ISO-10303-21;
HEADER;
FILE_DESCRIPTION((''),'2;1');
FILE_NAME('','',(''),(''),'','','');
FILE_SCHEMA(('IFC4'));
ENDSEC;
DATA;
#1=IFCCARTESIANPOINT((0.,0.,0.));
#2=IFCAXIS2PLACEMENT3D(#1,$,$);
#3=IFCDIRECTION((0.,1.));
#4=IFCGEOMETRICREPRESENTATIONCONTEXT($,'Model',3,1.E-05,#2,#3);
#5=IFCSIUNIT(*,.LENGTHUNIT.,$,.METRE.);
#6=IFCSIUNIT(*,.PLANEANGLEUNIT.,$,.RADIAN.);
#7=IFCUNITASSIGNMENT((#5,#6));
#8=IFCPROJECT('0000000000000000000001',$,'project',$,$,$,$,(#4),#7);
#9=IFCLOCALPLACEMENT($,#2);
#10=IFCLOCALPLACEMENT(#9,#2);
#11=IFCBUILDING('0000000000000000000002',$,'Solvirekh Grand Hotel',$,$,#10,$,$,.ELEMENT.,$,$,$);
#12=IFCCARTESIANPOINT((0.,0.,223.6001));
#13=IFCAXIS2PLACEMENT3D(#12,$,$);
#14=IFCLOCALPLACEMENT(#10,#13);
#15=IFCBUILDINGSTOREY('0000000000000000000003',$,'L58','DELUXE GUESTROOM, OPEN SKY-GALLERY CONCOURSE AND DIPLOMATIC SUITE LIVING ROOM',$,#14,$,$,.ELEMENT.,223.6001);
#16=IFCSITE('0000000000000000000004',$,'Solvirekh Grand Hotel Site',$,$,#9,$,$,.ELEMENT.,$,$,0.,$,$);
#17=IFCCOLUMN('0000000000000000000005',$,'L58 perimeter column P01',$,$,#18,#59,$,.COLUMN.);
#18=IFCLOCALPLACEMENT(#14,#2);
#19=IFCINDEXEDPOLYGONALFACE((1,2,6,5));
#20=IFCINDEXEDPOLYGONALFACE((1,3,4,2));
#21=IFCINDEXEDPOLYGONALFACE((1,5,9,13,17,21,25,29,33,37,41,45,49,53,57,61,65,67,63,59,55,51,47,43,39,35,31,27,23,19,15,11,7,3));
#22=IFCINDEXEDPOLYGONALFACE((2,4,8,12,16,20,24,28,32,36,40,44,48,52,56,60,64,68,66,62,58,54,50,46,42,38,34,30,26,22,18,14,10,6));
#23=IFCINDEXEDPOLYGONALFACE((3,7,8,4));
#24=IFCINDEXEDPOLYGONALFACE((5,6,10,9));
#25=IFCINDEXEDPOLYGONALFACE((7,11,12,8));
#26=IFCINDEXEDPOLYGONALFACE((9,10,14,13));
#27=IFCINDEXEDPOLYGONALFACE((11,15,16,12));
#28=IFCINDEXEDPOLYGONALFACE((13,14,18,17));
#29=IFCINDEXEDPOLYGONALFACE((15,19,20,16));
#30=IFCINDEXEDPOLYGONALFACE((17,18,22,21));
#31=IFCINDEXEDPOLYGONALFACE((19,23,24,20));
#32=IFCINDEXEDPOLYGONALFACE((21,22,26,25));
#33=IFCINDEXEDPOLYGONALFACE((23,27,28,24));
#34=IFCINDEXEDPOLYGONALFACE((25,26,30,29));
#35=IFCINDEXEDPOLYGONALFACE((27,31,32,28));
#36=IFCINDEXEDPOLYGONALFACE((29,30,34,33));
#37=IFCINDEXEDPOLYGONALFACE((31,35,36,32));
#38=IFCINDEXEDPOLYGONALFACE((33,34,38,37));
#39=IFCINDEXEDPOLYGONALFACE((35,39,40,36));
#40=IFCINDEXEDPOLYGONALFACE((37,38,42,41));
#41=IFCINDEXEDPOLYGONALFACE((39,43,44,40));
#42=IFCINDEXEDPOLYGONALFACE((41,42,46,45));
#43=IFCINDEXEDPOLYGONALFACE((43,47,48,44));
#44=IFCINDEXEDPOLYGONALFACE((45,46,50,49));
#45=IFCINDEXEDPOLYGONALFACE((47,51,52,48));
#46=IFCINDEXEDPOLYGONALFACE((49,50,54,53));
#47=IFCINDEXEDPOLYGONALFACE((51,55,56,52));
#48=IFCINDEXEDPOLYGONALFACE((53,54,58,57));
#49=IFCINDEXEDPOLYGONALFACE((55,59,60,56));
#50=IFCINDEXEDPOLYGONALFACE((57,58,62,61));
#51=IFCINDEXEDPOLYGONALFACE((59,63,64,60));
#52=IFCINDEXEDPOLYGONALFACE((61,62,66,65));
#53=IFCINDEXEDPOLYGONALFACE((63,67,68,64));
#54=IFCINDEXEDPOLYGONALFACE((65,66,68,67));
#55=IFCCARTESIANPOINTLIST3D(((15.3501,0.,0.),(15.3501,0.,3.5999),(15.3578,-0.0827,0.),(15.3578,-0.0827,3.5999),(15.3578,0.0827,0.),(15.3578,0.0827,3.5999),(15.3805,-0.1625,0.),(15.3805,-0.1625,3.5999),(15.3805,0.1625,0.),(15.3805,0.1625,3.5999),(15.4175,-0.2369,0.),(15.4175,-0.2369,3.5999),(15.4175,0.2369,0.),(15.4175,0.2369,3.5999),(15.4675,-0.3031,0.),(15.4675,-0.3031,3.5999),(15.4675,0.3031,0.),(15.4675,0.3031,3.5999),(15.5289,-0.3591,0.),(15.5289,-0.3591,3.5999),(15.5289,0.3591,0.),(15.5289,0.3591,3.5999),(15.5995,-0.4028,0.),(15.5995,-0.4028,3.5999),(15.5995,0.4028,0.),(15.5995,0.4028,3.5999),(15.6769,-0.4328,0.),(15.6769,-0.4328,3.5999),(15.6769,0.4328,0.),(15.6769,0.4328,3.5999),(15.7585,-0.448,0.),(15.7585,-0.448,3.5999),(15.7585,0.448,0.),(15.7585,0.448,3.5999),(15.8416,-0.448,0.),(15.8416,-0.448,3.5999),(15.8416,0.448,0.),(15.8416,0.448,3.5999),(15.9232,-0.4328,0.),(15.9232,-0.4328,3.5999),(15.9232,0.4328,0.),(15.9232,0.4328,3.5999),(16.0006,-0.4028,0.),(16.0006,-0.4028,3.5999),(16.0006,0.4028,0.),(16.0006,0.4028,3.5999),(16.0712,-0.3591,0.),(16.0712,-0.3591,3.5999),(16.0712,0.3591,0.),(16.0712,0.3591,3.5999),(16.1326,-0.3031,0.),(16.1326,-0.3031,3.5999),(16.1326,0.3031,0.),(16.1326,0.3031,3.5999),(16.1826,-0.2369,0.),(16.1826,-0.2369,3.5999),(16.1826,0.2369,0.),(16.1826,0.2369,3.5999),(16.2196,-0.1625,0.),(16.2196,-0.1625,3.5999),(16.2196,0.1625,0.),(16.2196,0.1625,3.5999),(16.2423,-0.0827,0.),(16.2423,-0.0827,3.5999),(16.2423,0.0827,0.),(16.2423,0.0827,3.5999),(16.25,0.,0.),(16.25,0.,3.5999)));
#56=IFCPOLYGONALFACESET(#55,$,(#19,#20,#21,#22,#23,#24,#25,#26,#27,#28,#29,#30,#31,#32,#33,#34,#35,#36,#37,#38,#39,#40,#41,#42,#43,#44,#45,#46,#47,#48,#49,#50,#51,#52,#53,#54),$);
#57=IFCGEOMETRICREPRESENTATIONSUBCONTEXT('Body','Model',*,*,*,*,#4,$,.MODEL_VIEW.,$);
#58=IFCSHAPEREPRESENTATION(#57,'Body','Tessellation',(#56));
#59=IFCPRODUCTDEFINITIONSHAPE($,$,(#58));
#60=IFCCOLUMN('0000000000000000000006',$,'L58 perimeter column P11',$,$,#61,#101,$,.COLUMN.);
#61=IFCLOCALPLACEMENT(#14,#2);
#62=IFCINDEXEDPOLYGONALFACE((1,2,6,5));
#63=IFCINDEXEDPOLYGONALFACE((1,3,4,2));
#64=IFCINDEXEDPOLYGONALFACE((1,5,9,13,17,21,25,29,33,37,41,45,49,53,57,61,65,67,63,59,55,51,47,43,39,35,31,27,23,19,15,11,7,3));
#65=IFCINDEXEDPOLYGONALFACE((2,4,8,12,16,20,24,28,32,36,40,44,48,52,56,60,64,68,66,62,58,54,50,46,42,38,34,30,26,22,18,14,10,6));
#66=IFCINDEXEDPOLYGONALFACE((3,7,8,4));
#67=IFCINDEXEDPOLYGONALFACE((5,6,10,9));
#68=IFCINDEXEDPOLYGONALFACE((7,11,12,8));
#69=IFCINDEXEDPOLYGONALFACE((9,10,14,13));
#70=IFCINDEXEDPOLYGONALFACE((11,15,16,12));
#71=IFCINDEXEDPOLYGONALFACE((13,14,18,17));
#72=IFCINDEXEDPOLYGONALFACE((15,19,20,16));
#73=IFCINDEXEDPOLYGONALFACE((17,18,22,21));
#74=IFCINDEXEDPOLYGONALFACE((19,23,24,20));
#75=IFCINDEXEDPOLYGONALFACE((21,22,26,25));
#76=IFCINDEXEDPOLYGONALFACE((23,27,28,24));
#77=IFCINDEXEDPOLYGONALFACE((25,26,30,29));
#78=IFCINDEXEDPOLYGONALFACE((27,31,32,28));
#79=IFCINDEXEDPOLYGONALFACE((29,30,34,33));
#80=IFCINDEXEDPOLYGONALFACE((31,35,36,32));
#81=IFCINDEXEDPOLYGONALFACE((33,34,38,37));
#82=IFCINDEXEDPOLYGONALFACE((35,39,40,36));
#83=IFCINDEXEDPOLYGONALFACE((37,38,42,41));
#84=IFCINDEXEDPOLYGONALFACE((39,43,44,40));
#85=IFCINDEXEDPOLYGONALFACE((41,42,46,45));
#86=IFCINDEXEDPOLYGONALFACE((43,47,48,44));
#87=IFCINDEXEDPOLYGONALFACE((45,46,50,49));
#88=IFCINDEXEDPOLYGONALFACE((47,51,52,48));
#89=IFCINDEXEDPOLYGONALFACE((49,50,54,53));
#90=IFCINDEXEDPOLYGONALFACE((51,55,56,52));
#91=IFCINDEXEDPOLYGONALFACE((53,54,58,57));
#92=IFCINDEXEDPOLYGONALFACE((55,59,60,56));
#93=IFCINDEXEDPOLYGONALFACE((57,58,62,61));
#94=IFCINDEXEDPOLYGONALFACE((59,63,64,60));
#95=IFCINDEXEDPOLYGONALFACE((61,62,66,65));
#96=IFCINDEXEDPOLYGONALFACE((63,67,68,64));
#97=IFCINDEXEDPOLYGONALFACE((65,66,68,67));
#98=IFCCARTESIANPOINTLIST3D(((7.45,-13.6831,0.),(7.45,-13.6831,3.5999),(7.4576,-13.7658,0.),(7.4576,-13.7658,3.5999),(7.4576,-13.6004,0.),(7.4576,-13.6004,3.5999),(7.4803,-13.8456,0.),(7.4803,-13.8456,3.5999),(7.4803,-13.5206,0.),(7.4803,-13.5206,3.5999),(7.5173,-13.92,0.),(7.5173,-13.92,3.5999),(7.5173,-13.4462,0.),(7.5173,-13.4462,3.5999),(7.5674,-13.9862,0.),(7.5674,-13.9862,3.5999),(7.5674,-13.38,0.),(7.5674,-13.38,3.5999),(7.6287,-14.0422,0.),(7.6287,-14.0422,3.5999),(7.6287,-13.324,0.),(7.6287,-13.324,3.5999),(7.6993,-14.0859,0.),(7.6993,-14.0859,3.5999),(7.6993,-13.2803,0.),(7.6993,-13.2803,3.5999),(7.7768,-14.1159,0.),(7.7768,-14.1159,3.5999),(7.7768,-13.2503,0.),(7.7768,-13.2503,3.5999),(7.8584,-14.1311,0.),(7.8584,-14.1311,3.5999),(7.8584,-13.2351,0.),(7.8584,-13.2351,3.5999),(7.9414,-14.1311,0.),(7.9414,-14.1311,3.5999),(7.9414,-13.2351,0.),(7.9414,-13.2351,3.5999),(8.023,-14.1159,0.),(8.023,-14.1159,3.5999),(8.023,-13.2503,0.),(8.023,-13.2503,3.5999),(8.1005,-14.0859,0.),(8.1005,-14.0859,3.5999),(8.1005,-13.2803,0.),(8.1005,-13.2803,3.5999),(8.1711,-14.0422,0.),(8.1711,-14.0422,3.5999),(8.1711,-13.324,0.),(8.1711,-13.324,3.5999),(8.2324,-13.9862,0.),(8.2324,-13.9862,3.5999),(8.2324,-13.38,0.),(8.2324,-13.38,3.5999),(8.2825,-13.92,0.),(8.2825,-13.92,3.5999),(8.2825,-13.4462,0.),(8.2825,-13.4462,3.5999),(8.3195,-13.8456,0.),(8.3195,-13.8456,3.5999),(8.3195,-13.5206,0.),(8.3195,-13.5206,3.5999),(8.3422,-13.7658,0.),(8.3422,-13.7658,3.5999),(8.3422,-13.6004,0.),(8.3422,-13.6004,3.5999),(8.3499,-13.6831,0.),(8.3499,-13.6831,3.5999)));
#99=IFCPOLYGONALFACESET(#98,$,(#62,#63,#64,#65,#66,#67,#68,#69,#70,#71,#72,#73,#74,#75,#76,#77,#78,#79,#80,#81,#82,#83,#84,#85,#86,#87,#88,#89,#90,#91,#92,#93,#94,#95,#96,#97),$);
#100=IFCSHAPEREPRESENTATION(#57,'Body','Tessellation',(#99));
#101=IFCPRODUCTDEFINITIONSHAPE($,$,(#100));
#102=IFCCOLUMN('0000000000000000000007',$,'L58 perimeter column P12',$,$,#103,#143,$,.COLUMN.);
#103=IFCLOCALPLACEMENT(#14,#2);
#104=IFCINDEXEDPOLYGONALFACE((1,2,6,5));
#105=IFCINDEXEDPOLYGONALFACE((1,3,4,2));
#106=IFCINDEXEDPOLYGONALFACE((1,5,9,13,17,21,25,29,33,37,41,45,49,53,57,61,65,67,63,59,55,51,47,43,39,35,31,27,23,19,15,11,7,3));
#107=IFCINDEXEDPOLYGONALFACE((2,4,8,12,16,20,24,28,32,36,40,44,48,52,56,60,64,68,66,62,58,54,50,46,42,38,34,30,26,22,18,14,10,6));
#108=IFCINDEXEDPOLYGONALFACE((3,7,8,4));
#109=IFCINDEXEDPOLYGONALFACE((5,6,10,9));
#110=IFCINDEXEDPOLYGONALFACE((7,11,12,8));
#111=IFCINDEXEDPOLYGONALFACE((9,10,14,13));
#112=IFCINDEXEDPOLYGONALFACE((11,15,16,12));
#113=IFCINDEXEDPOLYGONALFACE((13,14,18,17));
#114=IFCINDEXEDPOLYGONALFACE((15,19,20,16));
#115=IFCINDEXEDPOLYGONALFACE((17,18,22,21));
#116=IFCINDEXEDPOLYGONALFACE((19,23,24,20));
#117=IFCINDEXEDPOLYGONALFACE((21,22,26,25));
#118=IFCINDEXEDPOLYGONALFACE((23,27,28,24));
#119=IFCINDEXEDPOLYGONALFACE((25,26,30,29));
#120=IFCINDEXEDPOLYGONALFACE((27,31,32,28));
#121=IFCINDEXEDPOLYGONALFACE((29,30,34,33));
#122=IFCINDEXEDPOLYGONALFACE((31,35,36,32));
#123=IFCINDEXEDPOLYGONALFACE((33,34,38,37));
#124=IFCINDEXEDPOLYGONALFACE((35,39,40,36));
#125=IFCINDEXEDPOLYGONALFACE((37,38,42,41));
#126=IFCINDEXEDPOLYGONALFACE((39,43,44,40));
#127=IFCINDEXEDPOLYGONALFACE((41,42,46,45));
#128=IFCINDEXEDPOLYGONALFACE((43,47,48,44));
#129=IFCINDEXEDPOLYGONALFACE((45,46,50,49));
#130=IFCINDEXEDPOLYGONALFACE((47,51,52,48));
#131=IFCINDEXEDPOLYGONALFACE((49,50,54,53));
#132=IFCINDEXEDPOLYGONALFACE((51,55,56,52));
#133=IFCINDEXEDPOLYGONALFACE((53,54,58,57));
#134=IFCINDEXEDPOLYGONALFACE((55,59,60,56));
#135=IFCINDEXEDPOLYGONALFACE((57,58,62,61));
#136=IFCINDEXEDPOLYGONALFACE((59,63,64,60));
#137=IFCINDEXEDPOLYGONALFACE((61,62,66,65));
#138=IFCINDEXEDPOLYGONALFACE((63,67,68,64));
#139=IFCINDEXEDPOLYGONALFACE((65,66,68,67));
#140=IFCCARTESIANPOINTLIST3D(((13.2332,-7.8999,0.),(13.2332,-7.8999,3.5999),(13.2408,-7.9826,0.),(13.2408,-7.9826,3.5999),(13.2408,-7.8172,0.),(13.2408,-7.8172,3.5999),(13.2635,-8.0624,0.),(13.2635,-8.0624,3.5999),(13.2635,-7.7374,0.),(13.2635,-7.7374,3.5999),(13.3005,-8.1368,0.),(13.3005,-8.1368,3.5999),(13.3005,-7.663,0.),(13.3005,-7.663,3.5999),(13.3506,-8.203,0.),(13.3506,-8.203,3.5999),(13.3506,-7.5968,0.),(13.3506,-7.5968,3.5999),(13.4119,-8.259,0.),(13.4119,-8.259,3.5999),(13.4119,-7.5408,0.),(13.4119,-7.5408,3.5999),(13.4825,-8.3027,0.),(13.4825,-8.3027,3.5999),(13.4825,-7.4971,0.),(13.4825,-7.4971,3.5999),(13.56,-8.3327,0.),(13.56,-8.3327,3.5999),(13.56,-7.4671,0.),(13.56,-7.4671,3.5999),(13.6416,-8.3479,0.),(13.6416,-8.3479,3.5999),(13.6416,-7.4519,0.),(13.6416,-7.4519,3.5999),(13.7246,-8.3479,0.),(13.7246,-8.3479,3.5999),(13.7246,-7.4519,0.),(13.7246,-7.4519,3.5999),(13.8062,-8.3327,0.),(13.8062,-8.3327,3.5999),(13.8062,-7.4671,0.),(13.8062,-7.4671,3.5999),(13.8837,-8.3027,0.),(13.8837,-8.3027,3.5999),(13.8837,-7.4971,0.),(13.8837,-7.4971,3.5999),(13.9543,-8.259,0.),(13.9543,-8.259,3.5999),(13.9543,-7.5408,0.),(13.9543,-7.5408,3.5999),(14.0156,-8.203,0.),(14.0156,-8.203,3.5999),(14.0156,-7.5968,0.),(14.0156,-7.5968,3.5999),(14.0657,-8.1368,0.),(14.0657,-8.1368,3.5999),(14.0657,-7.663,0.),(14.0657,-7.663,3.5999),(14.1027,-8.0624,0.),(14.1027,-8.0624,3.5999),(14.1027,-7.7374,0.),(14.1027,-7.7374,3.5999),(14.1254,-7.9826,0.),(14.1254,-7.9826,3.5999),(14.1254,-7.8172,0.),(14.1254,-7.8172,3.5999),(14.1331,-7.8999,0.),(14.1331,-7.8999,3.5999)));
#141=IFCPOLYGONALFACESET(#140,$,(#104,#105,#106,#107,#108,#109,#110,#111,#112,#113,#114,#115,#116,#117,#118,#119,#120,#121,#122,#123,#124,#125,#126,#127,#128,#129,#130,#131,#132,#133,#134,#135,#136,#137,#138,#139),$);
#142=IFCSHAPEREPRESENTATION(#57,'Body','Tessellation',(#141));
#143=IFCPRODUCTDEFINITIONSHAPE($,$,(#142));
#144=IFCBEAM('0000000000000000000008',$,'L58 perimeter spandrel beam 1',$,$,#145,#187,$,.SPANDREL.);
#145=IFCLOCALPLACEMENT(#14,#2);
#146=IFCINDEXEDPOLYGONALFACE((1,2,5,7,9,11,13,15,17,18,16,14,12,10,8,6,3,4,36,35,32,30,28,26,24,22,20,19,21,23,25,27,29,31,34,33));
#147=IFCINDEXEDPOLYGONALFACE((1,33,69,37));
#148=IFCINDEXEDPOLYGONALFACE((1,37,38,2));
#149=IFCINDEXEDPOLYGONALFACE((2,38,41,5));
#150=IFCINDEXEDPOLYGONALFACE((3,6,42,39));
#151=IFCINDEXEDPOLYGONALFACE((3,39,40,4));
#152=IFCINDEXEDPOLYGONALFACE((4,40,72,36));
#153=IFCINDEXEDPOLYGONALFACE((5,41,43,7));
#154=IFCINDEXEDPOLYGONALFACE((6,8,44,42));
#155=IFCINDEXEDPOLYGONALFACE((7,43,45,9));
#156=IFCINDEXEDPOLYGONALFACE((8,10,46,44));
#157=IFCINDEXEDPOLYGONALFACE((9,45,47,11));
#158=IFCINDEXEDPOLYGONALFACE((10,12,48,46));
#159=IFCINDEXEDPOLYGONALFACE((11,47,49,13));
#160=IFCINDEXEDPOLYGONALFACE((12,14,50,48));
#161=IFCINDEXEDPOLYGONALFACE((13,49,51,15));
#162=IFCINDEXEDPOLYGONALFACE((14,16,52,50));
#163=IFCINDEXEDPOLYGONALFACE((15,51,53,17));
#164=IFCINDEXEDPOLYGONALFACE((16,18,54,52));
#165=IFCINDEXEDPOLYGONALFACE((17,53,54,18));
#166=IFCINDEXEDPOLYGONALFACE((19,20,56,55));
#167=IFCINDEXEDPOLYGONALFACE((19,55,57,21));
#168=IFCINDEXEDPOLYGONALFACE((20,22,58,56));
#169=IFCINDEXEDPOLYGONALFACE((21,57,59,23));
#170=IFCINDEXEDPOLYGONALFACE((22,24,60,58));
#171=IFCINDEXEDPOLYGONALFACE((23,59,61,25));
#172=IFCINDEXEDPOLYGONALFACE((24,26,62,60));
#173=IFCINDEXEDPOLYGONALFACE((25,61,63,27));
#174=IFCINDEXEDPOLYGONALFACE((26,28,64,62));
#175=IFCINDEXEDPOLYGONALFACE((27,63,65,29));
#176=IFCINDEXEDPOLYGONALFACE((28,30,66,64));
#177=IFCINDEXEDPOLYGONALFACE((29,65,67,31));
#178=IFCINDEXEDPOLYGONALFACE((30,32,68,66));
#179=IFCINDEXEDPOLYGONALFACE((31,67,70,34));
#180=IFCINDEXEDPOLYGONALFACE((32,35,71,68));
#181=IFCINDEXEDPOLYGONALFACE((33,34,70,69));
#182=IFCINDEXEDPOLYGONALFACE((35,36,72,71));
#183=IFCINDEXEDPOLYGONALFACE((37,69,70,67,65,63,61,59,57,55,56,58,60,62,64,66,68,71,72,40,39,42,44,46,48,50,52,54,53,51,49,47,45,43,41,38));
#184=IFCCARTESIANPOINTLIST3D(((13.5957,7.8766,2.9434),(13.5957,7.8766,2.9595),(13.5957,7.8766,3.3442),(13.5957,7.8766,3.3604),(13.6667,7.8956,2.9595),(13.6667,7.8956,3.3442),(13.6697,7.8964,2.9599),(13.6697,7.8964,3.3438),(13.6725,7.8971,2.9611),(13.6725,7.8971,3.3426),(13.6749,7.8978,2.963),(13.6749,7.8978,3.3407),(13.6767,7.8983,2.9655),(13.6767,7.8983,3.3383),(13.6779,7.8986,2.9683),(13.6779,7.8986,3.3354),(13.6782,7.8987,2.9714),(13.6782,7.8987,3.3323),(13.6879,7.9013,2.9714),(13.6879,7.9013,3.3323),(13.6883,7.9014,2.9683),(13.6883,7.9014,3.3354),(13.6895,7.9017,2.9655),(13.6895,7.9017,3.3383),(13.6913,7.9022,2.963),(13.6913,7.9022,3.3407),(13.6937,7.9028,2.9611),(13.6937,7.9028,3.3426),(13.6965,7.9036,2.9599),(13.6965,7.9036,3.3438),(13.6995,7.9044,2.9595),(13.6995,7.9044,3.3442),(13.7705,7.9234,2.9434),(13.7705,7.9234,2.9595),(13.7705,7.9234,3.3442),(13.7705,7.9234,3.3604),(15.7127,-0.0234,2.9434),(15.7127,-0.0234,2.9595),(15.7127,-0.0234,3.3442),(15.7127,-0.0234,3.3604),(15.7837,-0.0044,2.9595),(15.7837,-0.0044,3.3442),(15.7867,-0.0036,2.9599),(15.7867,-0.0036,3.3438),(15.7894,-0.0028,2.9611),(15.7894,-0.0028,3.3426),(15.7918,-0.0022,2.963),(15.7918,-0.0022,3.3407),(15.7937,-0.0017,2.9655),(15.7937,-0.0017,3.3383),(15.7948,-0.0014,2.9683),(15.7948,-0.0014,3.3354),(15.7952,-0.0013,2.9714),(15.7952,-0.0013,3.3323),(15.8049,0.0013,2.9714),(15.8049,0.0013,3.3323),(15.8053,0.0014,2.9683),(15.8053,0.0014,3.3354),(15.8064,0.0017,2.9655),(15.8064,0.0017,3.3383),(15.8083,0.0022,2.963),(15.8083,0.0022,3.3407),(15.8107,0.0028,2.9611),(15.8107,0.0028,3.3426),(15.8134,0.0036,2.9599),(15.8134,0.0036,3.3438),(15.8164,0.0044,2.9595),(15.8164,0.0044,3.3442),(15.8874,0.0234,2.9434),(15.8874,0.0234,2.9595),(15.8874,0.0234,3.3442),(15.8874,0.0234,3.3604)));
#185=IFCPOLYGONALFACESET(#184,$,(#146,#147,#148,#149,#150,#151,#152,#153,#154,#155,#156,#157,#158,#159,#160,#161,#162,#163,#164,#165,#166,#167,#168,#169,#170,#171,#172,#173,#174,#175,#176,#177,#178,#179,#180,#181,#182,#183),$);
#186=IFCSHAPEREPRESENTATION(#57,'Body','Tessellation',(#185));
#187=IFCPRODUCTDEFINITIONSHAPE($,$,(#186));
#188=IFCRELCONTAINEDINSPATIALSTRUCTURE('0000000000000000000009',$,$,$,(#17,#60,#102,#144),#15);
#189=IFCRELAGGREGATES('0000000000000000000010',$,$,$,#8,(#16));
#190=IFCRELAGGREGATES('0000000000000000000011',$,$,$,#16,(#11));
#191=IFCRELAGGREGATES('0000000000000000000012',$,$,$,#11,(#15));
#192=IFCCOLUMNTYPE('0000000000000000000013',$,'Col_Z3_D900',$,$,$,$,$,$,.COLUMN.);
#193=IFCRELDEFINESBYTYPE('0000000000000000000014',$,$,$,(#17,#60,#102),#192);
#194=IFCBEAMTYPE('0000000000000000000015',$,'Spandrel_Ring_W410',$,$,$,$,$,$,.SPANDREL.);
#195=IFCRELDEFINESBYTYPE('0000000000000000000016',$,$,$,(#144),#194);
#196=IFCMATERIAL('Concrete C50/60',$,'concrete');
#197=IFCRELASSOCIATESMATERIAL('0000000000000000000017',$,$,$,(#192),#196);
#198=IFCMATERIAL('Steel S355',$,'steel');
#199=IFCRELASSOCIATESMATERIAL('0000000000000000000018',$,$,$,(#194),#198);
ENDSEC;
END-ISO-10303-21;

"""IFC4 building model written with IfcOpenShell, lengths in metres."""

from ifc_helpers import new_model, si_unit, direction, frame, origin, origin_2d, place, context, subcontext, project, spatial, circle, i_section, extrude, material, material_profile, profile_set, type_object, element, save


model = new_model("IFC4")

# Units and contexts
model_context = context("Model", 3, precision=1e-05, world=origin(), true_north=direction((0.0, 1.0)))
body_context = subcontext(model_context, "Body", "Model", "MODEL_VIEW")
ifc_project = project(units=[si_unit("LENGTHUNIT", "METRE"), si_unit("PLANEANGLEUNIT", "RADIAN")], contexts=[model_context])

# Site, building, storey
site_placement = place(None, origin())
site = spatial("IfcSite", under=ifc_project, at=site_placement, Name="Solvirekh Grand Hotel Site", CompositionType="ELEMENT", RefElevation=0.0)
building_placement = place(site_placement, origin())
building = spatial("IfcBuilding", under=site, at=building_placement, Name="Solvirekh Grand Hotel", CompositionType="ELEMENT")
storey_placement = place(building_placement, frame((0.0, 0.0, 223.6001)))
storey = spatial("IfcBuildingStorey", under=building, at=storey_placement, Name="L58", Description="DELUXE GUESTROOM, OPEN SKY-GALLERY CONCOURSE AND DIPLOMATIC SUITE LIVING ROOM", CompositionType="ELEMENT", Elevation=223.6001)

# Columns
ifc_material_1 = material(Name="Concrete C50/60", Category="concrete")
ifc_material_profile_1 = material_profile(ifc_material_1, circle(Radius=0.45, at=origin_2d()), Name="RC CIRC D900")
ifc_profile_set_1 = profile_set([ifc_material_profile_1], Name="Concrete C50/60")
column_type = type_object("IfcColumnType", Name="Col_Z3_D900", PredefinedType="COLUMN", material=ifc_profile_set_1)
for number, where, z_axis, x_axis, name in (
    (1, (15.8, 0.0, 0.0), (0.0, 0.0, 1.0), (1.0, 0.0, 0.0), "L58 perimeter column P01"),
    (2, (7.8999, -13.6831, 0.0), (0.0, 0.0, 1.0), (1.0, 0.0, 0.0), "L58 perimeter column P11"),
    (3, (13.6831, -7.8999, 0.0), (0.0, 0.0, 1.0), (1.0, 0.0, 0.0), "L58 perimeter column P12"),
):
    element("IfcColumn", number, at=place(storey_placement, frame(where, z_axis=z_axis, x_axis=x_axis)), inside=storey, type_object=column_type, Name=name, PredefinedType="COLUMN", context=body_context, shape_type="SweptSolid", body=[
        extrude(circle(Radius=0.45, at=origin_2d()), origin(), (0.0, 0.0, 1.0), 3.5999),
    ])

# Beam
ifc_material_2 = material(Name="Steel S355", Category="steel")
ifc_material_profile_2 = material_profile(ifc_material_2, i_section(OverallWidth=0.1809, OverallDepth=0.417, WebThickness=0.01, FlangeThickness=0.0161, FilletRadius=0.012, at=origin_2d()), Name="W410X85")
ifc_profile_set_2 = profile_set([ifc_material_profile_2], Name="Steel S355")
beam_type = type_object("IfcBeamType", Name="Spandrel_Ring_W410", PredefinedType="SPANDREL", material=ifc_profile_set_2)
for number, where, z_axis, x_axis, name in (
    (4, (15.8, 0.0, 3.1519), (-0.258839, 0.965921, 0.0), (-0.965921, -0.258839, 0.0), "L58 perimeter spandrel beam 1"),
):
    element("IfcBeam", number, at=place(storey_placement, frame(where, z_axis=z_axis, x_axis=x_axis)), inside=storey, type_object=beam_type, Name=name, PredefinedType="SPANDREL", context=body_context, shape_type="SweptSolid", body=[
        extrude(i_section(OverallWidth=0.1809, OverallDepth=0.417, WebThickness=0.01, FlangeThickness=0.0161, FilletRadius=0.012, at=origin_2d()), origin(), (0.0, 0.0, 1.0), 8.1787),
    ])

save(model, "model.ifc")
